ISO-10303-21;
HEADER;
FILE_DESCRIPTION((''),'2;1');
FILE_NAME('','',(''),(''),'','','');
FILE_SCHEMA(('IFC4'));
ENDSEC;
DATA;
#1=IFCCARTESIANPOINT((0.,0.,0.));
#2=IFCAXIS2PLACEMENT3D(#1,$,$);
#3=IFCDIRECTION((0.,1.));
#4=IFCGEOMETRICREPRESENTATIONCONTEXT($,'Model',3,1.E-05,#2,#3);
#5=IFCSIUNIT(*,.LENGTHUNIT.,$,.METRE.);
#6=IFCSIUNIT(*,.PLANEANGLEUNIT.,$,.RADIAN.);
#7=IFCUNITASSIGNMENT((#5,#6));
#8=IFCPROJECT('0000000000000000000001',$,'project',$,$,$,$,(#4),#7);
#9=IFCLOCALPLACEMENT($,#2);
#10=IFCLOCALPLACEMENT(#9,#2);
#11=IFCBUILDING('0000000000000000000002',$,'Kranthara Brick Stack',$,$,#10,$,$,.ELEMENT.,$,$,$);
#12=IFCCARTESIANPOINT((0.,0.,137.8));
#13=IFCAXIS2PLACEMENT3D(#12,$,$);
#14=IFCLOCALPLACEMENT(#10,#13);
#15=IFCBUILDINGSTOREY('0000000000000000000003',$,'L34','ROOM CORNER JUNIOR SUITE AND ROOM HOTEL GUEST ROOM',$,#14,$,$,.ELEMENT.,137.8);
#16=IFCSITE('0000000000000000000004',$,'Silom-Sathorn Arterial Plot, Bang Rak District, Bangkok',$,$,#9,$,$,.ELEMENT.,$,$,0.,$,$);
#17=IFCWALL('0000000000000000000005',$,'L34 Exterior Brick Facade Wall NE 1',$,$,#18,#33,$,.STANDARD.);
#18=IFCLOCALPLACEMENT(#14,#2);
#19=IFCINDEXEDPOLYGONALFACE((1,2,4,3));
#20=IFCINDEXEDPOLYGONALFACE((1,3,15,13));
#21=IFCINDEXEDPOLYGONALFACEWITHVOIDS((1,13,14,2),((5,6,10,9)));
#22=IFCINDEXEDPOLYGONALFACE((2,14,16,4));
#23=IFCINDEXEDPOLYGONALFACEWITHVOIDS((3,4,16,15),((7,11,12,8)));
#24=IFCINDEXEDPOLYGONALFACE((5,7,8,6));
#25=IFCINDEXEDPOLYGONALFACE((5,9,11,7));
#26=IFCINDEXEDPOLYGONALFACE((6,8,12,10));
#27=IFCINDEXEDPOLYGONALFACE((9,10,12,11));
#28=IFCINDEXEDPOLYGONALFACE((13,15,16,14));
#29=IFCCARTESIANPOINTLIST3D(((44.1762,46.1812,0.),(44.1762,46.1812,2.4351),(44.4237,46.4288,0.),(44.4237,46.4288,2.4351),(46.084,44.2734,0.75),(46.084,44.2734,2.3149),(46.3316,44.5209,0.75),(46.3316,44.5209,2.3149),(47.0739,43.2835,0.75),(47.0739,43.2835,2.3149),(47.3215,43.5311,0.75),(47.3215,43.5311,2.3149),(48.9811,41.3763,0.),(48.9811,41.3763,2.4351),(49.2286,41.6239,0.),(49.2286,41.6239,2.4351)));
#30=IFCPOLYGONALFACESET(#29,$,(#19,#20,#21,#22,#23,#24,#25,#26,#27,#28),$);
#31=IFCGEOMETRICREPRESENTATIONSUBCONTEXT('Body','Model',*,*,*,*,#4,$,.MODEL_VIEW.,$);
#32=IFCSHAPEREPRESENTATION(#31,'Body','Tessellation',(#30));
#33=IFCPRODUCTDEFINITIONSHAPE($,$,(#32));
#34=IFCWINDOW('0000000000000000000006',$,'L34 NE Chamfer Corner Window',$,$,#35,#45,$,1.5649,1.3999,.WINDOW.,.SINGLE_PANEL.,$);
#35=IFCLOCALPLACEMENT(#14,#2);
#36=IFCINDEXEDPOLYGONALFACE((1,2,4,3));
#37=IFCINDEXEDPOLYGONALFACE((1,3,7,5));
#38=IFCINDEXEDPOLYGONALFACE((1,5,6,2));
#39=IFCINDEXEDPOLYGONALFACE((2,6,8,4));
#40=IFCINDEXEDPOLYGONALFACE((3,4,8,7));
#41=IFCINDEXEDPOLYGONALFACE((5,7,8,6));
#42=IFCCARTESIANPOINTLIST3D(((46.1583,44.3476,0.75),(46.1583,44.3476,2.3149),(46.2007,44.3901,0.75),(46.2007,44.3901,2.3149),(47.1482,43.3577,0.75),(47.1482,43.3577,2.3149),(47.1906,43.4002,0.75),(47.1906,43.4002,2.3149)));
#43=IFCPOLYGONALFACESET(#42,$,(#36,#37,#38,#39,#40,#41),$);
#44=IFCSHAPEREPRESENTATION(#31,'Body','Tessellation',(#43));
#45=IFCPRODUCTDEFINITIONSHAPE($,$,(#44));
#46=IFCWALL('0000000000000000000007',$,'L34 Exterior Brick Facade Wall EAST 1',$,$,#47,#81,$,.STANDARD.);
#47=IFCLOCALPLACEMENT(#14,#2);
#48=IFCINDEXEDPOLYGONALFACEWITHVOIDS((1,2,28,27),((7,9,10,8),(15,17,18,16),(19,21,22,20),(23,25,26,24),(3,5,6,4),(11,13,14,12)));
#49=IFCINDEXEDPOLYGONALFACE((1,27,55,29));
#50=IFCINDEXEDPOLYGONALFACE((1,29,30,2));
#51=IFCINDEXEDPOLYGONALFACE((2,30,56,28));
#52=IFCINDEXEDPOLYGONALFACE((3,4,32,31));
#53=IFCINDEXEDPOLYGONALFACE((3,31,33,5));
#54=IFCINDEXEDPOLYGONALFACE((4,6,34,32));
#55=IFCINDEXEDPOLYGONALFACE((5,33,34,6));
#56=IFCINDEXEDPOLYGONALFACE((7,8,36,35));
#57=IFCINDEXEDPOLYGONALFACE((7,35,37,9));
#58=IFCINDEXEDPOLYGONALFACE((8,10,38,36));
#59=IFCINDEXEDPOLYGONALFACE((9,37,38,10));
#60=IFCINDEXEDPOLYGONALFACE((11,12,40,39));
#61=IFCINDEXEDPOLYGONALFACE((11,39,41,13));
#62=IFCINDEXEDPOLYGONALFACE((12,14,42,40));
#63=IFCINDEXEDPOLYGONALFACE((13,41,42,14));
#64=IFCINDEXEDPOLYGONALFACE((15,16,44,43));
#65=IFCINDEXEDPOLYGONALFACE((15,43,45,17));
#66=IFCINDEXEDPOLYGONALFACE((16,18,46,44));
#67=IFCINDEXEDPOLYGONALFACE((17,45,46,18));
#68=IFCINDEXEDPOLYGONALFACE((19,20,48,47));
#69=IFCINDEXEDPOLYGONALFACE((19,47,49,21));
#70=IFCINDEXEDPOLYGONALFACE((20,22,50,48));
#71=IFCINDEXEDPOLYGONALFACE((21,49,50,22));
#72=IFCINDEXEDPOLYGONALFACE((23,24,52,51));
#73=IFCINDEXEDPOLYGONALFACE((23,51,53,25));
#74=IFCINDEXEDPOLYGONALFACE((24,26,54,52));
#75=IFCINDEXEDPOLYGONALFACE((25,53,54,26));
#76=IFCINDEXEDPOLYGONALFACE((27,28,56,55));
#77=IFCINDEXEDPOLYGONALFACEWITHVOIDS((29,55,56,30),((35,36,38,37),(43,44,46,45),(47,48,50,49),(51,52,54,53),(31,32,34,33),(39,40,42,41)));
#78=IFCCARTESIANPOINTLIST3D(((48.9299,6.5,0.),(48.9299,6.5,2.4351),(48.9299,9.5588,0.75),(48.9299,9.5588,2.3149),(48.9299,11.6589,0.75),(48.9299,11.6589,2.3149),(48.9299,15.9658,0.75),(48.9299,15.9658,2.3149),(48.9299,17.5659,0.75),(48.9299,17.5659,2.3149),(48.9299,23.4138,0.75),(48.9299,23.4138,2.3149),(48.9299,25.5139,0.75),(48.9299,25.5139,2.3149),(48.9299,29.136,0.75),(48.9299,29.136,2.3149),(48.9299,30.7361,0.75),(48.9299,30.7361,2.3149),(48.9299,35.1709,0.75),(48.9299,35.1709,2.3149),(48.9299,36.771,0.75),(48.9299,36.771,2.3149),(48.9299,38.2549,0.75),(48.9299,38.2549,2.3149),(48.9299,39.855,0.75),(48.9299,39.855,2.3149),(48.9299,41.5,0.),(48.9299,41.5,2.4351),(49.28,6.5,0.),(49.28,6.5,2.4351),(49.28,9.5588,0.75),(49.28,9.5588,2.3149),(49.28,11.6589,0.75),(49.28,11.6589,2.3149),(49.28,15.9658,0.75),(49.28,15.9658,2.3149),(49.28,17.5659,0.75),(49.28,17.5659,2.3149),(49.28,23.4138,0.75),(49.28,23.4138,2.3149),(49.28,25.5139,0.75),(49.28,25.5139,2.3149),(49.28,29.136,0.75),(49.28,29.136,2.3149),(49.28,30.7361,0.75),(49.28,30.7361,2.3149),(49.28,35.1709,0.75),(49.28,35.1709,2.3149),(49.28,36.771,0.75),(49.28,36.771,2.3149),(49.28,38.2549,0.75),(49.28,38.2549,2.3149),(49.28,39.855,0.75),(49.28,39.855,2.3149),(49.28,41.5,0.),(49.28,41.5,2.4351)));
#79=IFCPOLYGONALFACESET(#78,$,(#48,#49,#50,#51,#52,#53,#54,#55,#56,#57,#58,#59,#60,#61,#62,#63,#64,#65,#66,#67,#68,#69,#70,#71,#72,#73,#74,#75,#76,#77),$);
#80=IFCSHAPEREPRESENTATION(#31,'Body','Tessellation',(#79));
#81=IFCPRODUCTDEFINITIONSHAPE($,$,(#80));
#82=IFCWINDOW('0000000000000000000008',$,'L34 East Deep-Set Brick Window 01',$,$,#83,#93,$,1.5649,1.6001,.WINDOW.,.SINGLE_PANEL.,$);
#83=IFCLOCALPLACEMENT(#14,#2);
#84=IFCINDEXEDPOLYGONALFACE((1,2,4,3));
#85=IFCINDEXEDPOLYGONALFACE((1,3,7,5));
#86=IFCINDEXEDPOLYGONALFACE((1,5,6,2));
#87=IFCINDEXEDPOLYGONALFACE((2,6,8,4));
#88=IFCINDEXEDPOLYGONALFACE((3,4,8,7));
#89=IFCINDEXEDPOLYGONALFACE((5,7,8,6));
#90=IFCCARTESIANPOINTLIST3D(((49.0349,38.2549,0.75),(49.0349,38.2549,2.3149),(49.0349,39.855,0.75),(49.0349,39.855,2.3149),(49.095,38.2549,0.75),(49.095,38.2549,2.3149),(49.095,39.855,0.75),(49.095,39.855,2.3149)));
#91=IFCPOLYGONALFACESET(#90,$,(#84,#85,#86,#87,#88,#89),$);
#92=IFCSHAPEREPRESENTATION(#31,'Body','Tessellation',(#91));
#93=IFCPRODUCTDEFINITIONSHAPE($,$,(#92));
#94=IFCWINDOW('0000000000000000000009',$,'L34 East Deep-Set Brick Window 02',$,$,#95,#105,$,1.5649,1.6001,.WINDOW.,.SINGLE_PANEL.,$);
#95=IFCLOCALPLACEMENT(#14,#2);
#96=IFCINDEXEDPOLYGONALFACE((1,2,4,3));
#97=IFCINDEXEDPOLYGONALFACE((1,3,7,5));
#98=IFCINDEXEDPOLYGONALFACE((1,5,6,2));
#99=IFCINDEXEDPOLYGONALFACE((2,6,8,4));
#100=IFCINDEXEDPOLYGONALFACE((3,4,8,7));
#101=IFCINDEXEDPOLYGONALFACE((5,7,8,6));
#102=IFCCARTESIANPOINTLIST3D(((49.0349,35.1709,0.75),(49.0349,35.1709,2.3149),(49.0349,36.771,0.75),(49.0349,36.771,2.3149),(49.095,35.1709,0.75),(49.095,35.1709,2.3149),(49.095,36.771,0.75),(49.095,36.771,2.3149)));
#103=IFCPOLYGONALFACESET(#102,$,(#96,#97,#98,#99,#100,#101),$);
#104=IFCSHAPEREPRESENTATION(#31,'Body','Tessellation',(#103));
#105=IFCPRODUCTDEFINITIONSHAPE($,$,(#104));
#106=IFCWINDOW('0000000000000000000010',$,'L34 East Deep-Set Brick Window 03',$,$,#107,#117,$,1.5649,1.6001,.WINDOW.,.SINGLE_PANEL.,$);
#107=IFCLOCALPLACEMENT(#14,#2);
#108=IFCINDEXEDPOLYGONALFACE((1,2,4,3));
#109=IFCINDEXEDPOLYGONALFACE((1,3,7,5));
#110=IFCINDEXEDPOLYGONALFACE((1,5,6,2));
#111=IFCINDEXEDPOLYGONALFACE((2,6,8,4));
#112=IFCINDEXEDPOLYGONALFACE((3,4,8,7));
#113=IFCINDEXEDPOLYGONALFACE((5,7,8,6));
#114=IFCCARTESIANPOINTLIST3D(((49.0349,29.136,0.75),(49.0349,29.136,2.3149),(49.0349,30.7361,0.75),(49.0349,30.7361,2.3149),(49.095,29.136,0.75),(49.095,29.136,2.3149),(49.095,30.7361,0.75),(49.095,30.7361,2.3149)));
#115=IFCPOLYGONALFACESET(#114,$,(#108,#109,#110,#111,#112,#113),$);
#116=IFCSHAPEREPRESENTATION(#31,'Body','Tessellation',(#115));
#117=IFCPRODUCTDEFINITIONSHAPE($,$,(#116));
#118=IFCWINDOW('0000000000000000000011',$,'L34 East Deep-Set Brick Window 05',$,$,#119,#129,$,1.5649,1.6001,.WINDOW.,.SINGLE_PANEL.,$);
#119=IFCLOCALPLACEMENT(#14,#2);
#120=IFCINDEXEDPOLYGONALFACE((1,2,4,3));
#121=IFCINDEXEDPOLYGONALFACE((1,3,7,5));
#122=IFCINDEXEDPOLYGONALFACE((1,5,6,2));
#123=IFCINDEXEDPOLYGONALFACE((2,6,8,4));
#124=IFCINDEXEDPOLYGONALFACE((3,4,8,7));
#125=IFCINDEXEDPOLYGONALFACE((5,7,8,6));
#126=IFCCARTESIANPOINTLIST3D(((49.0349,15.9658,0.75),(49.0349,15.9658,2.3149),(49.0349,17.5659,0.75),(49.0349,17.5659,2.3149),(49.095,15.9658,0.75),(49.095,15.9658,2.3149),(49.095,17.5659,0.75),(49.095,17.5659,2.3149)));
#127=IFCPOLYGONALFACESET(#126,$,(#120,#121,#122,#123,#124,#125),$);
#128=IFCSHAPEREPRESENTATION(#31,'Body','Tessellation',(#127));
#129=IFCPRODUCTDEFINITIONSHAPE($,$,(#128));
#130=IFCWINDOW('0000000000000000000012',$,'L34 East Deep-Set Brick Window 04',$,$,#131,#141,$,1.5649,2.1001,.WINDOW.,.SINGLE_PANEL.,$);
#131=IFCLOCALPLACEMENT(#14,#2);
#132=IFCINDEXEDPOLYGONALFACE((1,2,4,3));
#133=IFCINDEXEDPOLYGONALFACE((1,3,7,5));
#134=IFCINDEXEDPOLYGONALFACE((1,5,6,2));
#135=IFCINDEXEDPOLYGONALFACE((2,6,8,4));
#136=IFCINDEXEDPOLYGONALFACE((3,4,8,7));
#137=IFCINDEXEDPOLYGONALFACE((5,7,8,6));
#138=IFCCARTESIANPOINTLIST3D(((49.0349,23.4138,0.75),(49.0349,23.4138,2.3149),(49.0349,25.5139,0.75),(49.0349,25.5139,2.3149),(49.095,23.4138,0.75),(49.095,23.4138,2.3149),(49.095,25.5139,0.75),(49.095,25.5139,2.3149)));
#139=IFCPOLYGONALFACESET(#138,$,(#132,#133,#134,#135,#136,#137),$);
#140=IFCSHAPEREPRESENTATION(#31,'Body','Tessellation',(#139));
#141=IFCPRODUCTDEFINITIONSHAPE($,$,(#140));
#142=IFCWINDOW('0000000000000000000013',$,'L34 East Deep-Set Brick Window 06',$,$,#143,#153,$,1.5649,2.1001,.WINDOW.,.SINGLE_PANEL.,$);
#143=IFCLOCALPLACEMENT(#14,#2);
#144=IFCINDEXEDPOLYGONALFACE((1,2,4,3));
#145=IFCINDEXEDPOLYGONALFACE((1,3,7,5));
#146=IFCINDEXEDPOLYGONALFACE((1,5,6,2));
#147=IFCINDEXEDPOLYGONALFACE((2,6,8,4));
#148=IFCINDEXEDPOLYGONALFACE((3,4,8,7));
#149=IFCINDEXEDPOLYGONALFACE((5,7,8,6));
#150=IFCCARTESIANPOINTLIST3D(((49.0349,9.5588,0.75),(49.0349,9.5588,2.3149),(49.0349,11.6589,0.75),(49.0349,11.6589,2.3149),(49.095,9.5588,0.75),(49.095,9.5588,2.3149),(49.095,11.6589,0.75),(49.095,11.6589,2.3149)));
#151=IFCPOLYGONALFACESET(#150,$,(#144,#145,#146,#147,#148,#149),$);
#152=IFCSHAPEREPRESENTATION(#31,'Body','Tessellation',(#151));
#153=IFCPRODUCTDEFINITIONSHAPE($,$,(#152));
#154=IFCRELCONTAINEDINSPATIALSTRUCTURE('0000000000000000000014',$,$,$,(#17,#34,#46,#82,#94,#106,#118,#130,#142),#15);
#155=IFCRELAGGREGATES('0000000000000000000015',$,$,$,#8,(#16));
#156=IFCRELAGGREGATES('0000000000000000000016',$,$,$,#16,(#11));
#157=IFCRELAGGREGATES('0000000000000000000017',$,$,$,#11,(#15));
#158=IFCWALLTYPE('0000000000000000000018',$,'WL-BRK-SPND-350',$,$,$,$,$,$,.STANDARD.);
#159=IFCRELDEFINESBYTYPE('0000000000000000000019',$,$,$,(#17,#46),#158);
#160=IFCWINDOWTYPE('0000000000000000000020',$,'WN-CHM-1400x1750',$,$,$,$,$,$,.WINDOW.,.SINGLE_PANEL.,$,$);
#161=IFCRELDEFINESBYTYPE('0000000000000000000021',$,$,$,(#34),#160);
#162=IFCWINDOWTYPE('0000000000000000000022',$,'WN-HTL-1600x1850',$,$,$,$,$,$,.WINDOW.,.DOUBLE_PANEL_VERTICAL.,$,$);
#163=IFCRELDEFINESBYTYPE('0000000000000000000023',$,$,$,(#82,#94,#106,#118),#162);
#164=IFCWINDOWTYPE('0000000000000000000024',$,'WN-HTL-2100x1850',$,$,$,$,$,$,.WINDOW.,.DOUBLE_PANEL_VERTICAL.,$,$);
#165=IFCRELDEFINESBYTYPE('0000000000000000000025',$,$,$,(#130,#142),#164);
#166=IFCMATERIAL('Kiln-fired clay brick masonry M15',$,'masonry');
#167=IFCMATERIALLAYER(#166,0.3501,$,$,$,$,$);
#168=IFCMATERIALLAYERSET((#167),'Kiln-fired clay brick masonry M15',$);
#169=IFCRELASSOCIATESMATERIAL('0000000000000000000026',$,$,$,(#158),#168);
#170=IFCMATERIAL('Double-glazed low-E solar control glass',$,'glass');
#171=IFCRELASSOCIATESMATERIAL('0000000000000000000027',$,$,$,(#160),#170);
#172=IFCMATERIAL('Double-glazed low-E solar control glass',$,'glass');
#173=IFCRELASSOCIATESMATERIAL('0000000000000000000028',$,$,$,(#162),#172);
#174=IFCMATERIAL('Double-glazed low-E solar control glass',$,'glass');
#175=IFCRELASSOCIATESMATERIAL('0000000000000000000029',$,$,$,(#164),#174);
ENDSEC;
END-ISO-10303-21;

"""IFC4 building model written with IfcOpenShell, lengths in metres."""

from ifc_helpers import new_model, si_unit, direction, frame, frame_2d, origin, place, context, subcontext, project, spatial, rectangle, extrude, material, layer, layer_set, type_object, element, fill, save


model = new_model("IFC4")

# Units and contexts
model_context = context("Model", 3, precision=1e-05, world=origin(), true_north=direction((0.0, 1.0)))
body_context = subcontext(model_context, "Body", "Model", "MODEL_VIEW")
ifc_project = project(units=[si_unit("LENGTHUNIT", "METRE"), si_unit("PLANEANGLEUNIT", "RADIAN")], contexts=[model_context])

# Site, building, storey
site_placement = place(None, origin())
site = spatial("IfcSite", under=ifc_project, at=site_placement, Name="Silom-Sathorn Arterial Plot, Bang Rak District, Bangkok", CompositionType="ELEMENT", RefElevation=0.0)
building_placement = place(site_placement, origin())
building = spatial("IfcBuilding", under=site, at=building_placement, Name="Kranthara Brick Stack", CompositionType="ELEMENT")
storey_placement = place(building_placement, frame((0.0, 0.0, 137.8)))
storey = spatial("IfcBuildingStorey", under=building, at=storey_placement, Name="L34", Description="ROOM CORNER JUNIOR SUITE AND ROOM HOTEL GUEST ROOM", CompositionType="ELEMENT", Elevation=137.8)

# Wall, opening, window
ifc_material_1 = material(Name="Kiln-fired clay brick masonry M15", Category="masonry")
ifc_layer_1 = layer(ifc_material_1, 0.3501)
ifc_layer_set_1 = layer_set([ifc_layer_1], Name="Kiln-fired clay brick masonry M15")
wall_type_1 = type_object("IfcWallType", Name="WL-BRK-SPND-350", PredefinedType="STANDARD", material=ifc_layer_set_1)
wall_1_placement = place(storey_placement, frame((44.3, 46.3049, 0.0), z_axis=(0.0, 0.0, 1.0), x_axis=(0.707107, -0.707107, 0.0)))
wall_1 = element("IfcWall", 1, at=wall_1_placement, inside=storey, type_object=wall_type_1, Name="L34 Exterior Brick Facade Wall NE 1", PredefinedType="STANDARD", context=body_context, shape_type="SweptSolid", body=[
    extrude(rectangle(XDim=6.7952, YDim=0.3501, at=frame_2d((3.3975, 0.0))), origin(), (0.0, 0.0, 1.0), 2.4351),
])
opening_1_placement = place(wall_1_placement, frame((2.698, 0.0, 0.75)))
opening_1 = element("IfcOpeningElement", 2, at=opening_1_placement, cuts=wall_1, PredefinedType="OPENING", context=body_context, shape_type="SweptSolid", body=[
    extrude(rectangle(XDim=1.3999, YDim=1.5649, at=frame_2d((0.7, 0.7825))), frame((0.0, 0.1851, 0.0), z_axis=(0.0, -1.0, 0.0), x_axis=(1.0, 0.0, 0.0)), (0.0, 0.0, 1.0), 0.3701),
])
ifc_material_2 = material(Name="Double-glazed low-E solar control glass", Category="glass")
window_type_1 = type_object("IfcWindowType", Name="WN-CHM-1400x1750", PartitioningType="SINGLE_PANEL", PredefinedType="WINDOW", material=ifc_material_2)
window_1_placement = place(opening_1_placement, origin())
window_1 = element("IfcWindow", 3, at=window_1_placement, inside=storey, type_object=window_type_1, Name="L34 NE Chamfer Corner Window", OverallHeight=1.5649, OverallWidth=1.3999, PartitioningType="SINGLE_PANEL", PredefinedType="WINDOW", context=body_context, shape_type="SweptSolid", body=[
    extrude(rectangle(XDim=1.3999, YDim=1.5649, at=frame_2d((0.7, 0.7825))), frame((0.0, -0.01, 0.0), z_axis=(0.0, -1.0, 0.0), x_axis=(1.0, 0.0, 0.0)), (0.0, 0.0, 1.0), 0.0601),
])
fill(opening_1, window_1)

# Wall, openings, windows
wall_2_placement = place(storey_placement, frame((49.105, 41.5, 0.0), z_axis=(0.0, 0.0, 1.0), x_axis=(0.0, -1.0, 0.0)))
wall_2 = element("IfcWall", 4, at=wall_2_placement, inside=storey, type_object=wall_type_1, Name="L34 Exterior Brick Facade Wall EAST 1", PredefinedType="STANDARD", context=body_context, shape_type="SweptSolid", body=[
    extrude(rectangle(XDim=35.0, YDim=0.3501, at=frame_2d((17.5, 0.0))), origin(), (0.0, 0.0, 1.0), 2.4351),
])
opening_2_placement = place(wall_2_placement, frame((1.645, 0.0, 0.75)))
opening_2 = element("IfcOpeningElement", 5, at=opening_2_placement, cuts=wall_2, PredefinedType="OPENING", context=body_context, shape_type="SweptSolid", body=[
    extrude(rectangle(XDim=1.6001, YDim=1.5649, at=frame_2d((0.8, 0.7825))), frame((0.0, 0.1851, 0.0), z_axis=(0.0, -1.0, 0.0), x_axis=(1.0, 0.0, 0.0)), (0.0, 0.0, 1.0), 0.3701),
])
opening_3_placement = place(wall_2_placement, frame((4.729, 0.0, 0.75)))
opening_3 = element("IfcOpeningElement", 6, at=opening_3_placement, cuts=wall_2, PredefinedType="OPENING", context=body_context, shape_type="SweptSolid", body=[
    extrude(rectangle(XDim=1.6001, YDim=1.5649, at=frame_2d((0.8, 0.7825))), frame((0.0, 0.1851, 0.0), z_axis=(0.0, -1.0, 0.0), x_axis=(1.0, 0.0, 0.0)), (0.0, 0.0, 1.0), 0.3701),
])
opening_4_placement = place(wall_2_placement, frame((10.7639, 0.0, 0.75)))
opening_4 = element("IfcOpeningElement", 7, at=opening_4_placement, cuts=wall_2, PredefinedType="OPENING", context=body_context, shape_type="SweptSolid", body=[
    extrude(rectangle(XDim=1.6001, YDim=1.5649, at=frame_2d((0.8, 0.7825))), frame((0.0, 0.1851, 0.0), z_axis=(0.0, -1.0, 0.0), x_axis=(1.0, 0.0, 0.0)), (0.0, 0.0, 1.0), 0.3701),
])
opening_5_placement = place(wall_2_placement, frame((15.9861, 0.0, 0.75)))
opening_5 = element("IfcOpeningElement", 8, at=opening_5_placement, cuts=wall_2, PredefinedType="OPENING", context=body_context, shape_type="SweptSolid", body=[
    extrude(rectangle(XDim=2.1001, YDim=1.5649, at=frame_2d((1.05, 0.7825))), frame((0.0, 0.1851, 0.0), z_axis=(0.0, -1.0, 0.0), x_axis=(1.0, 0.0, 0.0)), (0.0, 0.0, 1.0), 0.3701),
])
opening_6_placement = place(wall_2_placement, frame((23.9341, 0.0, 0.75)))
opening_6 = element("IfcOpeningElement", 9, at=opening_6_placement, cuts=wall_2, PredefinedType="OPENING", context=body_context, shape_type="SweptSolid", body=[
    extrude(rectangle(XDim=1.6001, YDim=1.5649, at=frame_2d((0.8, 0.7825))), frame((0.0, 0.1851, 0.0), z_axis=(0.0, -1.0, 0.0), x_axis=(1.0, 0.0, 0.0)), (0.0, 0.0, 1.0), 0.3701),
])
opening_7_placement = place(wall_2_placement, frame((29.8411, 0.0, 0.75)))
opening_7 = element("IfcOpeningElement", 10, at=opening_7_placement, cuts=wall_2, PredefinedType="OPENING", context=body_context, shape_type="SweptSolid", body=[
    extrude(rectangle(XDim=2.1001, YDim=1.5649, at=frame_2d((1.05, 0.7825))), frame((0.0, 0.1851, 0.0), z_axis=(0.0, -1.0, 0.0), x_axis=(1.0, 0.0, 0.0)), (0.0, 0.0, 1.0), 0.3701),
])
ifc_material_3 = material(Name="Double-glazed low-E solar control glass", Category="glass")
window_type_2 = type_object("IfcWindowType", Name="WN-HTL-1600x1850", PartitioningType="DOUBLE_PANEL_VERTICAL", PredefinedType="WINDOW", material=ifc_material_3)
window_2_placement = place(opening_2_placement, origin())
window_2 = element("IfcWindow", 11, at=window_2_placement, inside=storey, type_object=window_type_2, Name="L34 East Deep-Set Brick Window 01", OverallHeight=1.5649, OverallWidth=1.6001, PartitioningType="SINGLE_PANEL", PredefinedType="WINDOW", context=body_context, shape_type="SweptSolid", body=[
    extrude(rectangle(XDim=1.6001, YDim=1.5649, at=frame_2d((0.8, 0.7825))), frame((0.0, -0.01, 0.0), z_axis=(0.0, -1.0, 0.0), x_axis=(1.0, 0.0, 0.0)), (0.0, 0.0, 1.0), 0.0601),
])
fill(opening_2, window_2)
window_3_placement = place(opening_3_placement, origin())
window_3 = element("IfcWindow", 12, at=window_3_placement, inside=storey, type_object=window_type_2, Name="L34 East Deep-Set Brick Window 02", OverallHeight=1.5649, OverallWidth=1.6001, PartitioningType="SINGLE_PANEL", PredefinedType="WINDOW", context=body_context, shape_type="SweptSolid", body=[
    extrude(rectangle(XDim=1.6001, YDim=1.5649, at=frame_2d((0.8, 0.7825))), frame((0.0, -0.01, 0.0), z_axis=(0.0, -1.0, 0.0), x_axis=(1.0, 0.0, 0.0)), (0.0, 0.0, 1.0), 0.0601),
])
fill(opening_3, window_3)
window_4_placement = place(opening_4_placement, origin())
window_4 = element("IfcWindow", 13, at=window_4_placement, inside=storey, type_object=window_type_2, Name="L34 East Deep-Set Brick Window 03", OverallHeight=1.5649, OverallWidth=1.6001, PartitioningType="SINGLE_PANEL", PredefinedType="WINDOW", context=body_context, shape_type="SweptSolid", body=[
    extrude(rectangle(XDim=1.6001, YDim=1.5649, at=frame_2d((0.8, 0.7825))), frame((0.0, -0.01, 0.0), z_axis=(0.0, -1.0, 0.0), x_axis=(1.0, 0.0, 0.0)), (0.0, 0.0, 1.0), 0.0601),
])
fill(opening_4, window_4)
window_5_placement = place(opening_6_placement, origin())
window_5 = element("IfcWindow", 14, at=window_5_placement, inside=storey, type_object=window_type_2, Name="L34 East Deep-Set Brick Window 05", OverallHeight=1.5649, OverallWidth=1.6001, PartitioningType="SINGLE_PANEL", PredefinedType="WINDOW", context=body_context, shape_type="SweptSolid", body=[
    extrude(rectangle(XDim=1.6001, YDim=1.5649, at=frame_2d((0.8, 0.7825))), frame((0.0, -0.01, 0.0), z_axis=(0.0, -1.0, 0.0), x_axis=(1.0, 0.0, 0.0)), (0.0, 0.0, 1.0), 0.0601),
])
fill(opening_6, window_5)
ifc_material_4 = material(Name="Double-glazed low-E solar control glass", Category="glass")
window_type_3 = type_object("IfcWindowType", Name="WN-HTL-2100x1850", PartitioningType="DOUBLE_PANEL_VERTICAL", PredefinedType="WINDOW", material=ifc_material_4)
window_6_placement = place(opening_5_placement, origin())
window_6 = element("IfcWindow", 15, at=window_6_placement, inside=storey, type_object=window_type_3, Name="L34 East Deep-Set Brick Window 04", OverallHeight=1.5649, OverallWidth=2.1001, PartitioningType="SINGLE_PANEL", PredefinedType="WINDOW", context=body_context, shape_type="SweptSolid", body=[
    extrude(rectangle(XDim=2.1001, YDim=1.5649, at=frame_2d((1.05, 0.7825))), frame((0.0, -0.01, 0.0), z_axis=(0.0, -1.0, 0.0), x_axis=(1.0, 0.0, 0.0)), (0.0, 0.0, 1.0), 0.0601),
])
fill(opening_5, window_6)
window_7_placement = place(opening_7_placement, origin())
window_7 = element("IfcWindow", 16, at=window_7_placement, inside=storey, type_object=window_type_3, Name="L34 East Deep-Set Brick Window 06", OverallHeight=1.5649, OverallWidth=2.1001, PartitioningType="SINGLE_PANEL", PredefinedType="WINDOW", context=body_context, shape_type="SweptSolid", body=[
    extrude(rectangle(XDim=2.1001, YDim=1.5649, at=frame_2d((1.05, 0.7825))), frame((0.0, -0.01, 0.0), z_axis=(0.0, -1.0, 0.0), x_axis=(1.0, 0.0, 0.0)), (0.0, 0.0, 1.0), 0.0601),
])
fill(opening_7, window_7)

save(model, "model.ifc")
